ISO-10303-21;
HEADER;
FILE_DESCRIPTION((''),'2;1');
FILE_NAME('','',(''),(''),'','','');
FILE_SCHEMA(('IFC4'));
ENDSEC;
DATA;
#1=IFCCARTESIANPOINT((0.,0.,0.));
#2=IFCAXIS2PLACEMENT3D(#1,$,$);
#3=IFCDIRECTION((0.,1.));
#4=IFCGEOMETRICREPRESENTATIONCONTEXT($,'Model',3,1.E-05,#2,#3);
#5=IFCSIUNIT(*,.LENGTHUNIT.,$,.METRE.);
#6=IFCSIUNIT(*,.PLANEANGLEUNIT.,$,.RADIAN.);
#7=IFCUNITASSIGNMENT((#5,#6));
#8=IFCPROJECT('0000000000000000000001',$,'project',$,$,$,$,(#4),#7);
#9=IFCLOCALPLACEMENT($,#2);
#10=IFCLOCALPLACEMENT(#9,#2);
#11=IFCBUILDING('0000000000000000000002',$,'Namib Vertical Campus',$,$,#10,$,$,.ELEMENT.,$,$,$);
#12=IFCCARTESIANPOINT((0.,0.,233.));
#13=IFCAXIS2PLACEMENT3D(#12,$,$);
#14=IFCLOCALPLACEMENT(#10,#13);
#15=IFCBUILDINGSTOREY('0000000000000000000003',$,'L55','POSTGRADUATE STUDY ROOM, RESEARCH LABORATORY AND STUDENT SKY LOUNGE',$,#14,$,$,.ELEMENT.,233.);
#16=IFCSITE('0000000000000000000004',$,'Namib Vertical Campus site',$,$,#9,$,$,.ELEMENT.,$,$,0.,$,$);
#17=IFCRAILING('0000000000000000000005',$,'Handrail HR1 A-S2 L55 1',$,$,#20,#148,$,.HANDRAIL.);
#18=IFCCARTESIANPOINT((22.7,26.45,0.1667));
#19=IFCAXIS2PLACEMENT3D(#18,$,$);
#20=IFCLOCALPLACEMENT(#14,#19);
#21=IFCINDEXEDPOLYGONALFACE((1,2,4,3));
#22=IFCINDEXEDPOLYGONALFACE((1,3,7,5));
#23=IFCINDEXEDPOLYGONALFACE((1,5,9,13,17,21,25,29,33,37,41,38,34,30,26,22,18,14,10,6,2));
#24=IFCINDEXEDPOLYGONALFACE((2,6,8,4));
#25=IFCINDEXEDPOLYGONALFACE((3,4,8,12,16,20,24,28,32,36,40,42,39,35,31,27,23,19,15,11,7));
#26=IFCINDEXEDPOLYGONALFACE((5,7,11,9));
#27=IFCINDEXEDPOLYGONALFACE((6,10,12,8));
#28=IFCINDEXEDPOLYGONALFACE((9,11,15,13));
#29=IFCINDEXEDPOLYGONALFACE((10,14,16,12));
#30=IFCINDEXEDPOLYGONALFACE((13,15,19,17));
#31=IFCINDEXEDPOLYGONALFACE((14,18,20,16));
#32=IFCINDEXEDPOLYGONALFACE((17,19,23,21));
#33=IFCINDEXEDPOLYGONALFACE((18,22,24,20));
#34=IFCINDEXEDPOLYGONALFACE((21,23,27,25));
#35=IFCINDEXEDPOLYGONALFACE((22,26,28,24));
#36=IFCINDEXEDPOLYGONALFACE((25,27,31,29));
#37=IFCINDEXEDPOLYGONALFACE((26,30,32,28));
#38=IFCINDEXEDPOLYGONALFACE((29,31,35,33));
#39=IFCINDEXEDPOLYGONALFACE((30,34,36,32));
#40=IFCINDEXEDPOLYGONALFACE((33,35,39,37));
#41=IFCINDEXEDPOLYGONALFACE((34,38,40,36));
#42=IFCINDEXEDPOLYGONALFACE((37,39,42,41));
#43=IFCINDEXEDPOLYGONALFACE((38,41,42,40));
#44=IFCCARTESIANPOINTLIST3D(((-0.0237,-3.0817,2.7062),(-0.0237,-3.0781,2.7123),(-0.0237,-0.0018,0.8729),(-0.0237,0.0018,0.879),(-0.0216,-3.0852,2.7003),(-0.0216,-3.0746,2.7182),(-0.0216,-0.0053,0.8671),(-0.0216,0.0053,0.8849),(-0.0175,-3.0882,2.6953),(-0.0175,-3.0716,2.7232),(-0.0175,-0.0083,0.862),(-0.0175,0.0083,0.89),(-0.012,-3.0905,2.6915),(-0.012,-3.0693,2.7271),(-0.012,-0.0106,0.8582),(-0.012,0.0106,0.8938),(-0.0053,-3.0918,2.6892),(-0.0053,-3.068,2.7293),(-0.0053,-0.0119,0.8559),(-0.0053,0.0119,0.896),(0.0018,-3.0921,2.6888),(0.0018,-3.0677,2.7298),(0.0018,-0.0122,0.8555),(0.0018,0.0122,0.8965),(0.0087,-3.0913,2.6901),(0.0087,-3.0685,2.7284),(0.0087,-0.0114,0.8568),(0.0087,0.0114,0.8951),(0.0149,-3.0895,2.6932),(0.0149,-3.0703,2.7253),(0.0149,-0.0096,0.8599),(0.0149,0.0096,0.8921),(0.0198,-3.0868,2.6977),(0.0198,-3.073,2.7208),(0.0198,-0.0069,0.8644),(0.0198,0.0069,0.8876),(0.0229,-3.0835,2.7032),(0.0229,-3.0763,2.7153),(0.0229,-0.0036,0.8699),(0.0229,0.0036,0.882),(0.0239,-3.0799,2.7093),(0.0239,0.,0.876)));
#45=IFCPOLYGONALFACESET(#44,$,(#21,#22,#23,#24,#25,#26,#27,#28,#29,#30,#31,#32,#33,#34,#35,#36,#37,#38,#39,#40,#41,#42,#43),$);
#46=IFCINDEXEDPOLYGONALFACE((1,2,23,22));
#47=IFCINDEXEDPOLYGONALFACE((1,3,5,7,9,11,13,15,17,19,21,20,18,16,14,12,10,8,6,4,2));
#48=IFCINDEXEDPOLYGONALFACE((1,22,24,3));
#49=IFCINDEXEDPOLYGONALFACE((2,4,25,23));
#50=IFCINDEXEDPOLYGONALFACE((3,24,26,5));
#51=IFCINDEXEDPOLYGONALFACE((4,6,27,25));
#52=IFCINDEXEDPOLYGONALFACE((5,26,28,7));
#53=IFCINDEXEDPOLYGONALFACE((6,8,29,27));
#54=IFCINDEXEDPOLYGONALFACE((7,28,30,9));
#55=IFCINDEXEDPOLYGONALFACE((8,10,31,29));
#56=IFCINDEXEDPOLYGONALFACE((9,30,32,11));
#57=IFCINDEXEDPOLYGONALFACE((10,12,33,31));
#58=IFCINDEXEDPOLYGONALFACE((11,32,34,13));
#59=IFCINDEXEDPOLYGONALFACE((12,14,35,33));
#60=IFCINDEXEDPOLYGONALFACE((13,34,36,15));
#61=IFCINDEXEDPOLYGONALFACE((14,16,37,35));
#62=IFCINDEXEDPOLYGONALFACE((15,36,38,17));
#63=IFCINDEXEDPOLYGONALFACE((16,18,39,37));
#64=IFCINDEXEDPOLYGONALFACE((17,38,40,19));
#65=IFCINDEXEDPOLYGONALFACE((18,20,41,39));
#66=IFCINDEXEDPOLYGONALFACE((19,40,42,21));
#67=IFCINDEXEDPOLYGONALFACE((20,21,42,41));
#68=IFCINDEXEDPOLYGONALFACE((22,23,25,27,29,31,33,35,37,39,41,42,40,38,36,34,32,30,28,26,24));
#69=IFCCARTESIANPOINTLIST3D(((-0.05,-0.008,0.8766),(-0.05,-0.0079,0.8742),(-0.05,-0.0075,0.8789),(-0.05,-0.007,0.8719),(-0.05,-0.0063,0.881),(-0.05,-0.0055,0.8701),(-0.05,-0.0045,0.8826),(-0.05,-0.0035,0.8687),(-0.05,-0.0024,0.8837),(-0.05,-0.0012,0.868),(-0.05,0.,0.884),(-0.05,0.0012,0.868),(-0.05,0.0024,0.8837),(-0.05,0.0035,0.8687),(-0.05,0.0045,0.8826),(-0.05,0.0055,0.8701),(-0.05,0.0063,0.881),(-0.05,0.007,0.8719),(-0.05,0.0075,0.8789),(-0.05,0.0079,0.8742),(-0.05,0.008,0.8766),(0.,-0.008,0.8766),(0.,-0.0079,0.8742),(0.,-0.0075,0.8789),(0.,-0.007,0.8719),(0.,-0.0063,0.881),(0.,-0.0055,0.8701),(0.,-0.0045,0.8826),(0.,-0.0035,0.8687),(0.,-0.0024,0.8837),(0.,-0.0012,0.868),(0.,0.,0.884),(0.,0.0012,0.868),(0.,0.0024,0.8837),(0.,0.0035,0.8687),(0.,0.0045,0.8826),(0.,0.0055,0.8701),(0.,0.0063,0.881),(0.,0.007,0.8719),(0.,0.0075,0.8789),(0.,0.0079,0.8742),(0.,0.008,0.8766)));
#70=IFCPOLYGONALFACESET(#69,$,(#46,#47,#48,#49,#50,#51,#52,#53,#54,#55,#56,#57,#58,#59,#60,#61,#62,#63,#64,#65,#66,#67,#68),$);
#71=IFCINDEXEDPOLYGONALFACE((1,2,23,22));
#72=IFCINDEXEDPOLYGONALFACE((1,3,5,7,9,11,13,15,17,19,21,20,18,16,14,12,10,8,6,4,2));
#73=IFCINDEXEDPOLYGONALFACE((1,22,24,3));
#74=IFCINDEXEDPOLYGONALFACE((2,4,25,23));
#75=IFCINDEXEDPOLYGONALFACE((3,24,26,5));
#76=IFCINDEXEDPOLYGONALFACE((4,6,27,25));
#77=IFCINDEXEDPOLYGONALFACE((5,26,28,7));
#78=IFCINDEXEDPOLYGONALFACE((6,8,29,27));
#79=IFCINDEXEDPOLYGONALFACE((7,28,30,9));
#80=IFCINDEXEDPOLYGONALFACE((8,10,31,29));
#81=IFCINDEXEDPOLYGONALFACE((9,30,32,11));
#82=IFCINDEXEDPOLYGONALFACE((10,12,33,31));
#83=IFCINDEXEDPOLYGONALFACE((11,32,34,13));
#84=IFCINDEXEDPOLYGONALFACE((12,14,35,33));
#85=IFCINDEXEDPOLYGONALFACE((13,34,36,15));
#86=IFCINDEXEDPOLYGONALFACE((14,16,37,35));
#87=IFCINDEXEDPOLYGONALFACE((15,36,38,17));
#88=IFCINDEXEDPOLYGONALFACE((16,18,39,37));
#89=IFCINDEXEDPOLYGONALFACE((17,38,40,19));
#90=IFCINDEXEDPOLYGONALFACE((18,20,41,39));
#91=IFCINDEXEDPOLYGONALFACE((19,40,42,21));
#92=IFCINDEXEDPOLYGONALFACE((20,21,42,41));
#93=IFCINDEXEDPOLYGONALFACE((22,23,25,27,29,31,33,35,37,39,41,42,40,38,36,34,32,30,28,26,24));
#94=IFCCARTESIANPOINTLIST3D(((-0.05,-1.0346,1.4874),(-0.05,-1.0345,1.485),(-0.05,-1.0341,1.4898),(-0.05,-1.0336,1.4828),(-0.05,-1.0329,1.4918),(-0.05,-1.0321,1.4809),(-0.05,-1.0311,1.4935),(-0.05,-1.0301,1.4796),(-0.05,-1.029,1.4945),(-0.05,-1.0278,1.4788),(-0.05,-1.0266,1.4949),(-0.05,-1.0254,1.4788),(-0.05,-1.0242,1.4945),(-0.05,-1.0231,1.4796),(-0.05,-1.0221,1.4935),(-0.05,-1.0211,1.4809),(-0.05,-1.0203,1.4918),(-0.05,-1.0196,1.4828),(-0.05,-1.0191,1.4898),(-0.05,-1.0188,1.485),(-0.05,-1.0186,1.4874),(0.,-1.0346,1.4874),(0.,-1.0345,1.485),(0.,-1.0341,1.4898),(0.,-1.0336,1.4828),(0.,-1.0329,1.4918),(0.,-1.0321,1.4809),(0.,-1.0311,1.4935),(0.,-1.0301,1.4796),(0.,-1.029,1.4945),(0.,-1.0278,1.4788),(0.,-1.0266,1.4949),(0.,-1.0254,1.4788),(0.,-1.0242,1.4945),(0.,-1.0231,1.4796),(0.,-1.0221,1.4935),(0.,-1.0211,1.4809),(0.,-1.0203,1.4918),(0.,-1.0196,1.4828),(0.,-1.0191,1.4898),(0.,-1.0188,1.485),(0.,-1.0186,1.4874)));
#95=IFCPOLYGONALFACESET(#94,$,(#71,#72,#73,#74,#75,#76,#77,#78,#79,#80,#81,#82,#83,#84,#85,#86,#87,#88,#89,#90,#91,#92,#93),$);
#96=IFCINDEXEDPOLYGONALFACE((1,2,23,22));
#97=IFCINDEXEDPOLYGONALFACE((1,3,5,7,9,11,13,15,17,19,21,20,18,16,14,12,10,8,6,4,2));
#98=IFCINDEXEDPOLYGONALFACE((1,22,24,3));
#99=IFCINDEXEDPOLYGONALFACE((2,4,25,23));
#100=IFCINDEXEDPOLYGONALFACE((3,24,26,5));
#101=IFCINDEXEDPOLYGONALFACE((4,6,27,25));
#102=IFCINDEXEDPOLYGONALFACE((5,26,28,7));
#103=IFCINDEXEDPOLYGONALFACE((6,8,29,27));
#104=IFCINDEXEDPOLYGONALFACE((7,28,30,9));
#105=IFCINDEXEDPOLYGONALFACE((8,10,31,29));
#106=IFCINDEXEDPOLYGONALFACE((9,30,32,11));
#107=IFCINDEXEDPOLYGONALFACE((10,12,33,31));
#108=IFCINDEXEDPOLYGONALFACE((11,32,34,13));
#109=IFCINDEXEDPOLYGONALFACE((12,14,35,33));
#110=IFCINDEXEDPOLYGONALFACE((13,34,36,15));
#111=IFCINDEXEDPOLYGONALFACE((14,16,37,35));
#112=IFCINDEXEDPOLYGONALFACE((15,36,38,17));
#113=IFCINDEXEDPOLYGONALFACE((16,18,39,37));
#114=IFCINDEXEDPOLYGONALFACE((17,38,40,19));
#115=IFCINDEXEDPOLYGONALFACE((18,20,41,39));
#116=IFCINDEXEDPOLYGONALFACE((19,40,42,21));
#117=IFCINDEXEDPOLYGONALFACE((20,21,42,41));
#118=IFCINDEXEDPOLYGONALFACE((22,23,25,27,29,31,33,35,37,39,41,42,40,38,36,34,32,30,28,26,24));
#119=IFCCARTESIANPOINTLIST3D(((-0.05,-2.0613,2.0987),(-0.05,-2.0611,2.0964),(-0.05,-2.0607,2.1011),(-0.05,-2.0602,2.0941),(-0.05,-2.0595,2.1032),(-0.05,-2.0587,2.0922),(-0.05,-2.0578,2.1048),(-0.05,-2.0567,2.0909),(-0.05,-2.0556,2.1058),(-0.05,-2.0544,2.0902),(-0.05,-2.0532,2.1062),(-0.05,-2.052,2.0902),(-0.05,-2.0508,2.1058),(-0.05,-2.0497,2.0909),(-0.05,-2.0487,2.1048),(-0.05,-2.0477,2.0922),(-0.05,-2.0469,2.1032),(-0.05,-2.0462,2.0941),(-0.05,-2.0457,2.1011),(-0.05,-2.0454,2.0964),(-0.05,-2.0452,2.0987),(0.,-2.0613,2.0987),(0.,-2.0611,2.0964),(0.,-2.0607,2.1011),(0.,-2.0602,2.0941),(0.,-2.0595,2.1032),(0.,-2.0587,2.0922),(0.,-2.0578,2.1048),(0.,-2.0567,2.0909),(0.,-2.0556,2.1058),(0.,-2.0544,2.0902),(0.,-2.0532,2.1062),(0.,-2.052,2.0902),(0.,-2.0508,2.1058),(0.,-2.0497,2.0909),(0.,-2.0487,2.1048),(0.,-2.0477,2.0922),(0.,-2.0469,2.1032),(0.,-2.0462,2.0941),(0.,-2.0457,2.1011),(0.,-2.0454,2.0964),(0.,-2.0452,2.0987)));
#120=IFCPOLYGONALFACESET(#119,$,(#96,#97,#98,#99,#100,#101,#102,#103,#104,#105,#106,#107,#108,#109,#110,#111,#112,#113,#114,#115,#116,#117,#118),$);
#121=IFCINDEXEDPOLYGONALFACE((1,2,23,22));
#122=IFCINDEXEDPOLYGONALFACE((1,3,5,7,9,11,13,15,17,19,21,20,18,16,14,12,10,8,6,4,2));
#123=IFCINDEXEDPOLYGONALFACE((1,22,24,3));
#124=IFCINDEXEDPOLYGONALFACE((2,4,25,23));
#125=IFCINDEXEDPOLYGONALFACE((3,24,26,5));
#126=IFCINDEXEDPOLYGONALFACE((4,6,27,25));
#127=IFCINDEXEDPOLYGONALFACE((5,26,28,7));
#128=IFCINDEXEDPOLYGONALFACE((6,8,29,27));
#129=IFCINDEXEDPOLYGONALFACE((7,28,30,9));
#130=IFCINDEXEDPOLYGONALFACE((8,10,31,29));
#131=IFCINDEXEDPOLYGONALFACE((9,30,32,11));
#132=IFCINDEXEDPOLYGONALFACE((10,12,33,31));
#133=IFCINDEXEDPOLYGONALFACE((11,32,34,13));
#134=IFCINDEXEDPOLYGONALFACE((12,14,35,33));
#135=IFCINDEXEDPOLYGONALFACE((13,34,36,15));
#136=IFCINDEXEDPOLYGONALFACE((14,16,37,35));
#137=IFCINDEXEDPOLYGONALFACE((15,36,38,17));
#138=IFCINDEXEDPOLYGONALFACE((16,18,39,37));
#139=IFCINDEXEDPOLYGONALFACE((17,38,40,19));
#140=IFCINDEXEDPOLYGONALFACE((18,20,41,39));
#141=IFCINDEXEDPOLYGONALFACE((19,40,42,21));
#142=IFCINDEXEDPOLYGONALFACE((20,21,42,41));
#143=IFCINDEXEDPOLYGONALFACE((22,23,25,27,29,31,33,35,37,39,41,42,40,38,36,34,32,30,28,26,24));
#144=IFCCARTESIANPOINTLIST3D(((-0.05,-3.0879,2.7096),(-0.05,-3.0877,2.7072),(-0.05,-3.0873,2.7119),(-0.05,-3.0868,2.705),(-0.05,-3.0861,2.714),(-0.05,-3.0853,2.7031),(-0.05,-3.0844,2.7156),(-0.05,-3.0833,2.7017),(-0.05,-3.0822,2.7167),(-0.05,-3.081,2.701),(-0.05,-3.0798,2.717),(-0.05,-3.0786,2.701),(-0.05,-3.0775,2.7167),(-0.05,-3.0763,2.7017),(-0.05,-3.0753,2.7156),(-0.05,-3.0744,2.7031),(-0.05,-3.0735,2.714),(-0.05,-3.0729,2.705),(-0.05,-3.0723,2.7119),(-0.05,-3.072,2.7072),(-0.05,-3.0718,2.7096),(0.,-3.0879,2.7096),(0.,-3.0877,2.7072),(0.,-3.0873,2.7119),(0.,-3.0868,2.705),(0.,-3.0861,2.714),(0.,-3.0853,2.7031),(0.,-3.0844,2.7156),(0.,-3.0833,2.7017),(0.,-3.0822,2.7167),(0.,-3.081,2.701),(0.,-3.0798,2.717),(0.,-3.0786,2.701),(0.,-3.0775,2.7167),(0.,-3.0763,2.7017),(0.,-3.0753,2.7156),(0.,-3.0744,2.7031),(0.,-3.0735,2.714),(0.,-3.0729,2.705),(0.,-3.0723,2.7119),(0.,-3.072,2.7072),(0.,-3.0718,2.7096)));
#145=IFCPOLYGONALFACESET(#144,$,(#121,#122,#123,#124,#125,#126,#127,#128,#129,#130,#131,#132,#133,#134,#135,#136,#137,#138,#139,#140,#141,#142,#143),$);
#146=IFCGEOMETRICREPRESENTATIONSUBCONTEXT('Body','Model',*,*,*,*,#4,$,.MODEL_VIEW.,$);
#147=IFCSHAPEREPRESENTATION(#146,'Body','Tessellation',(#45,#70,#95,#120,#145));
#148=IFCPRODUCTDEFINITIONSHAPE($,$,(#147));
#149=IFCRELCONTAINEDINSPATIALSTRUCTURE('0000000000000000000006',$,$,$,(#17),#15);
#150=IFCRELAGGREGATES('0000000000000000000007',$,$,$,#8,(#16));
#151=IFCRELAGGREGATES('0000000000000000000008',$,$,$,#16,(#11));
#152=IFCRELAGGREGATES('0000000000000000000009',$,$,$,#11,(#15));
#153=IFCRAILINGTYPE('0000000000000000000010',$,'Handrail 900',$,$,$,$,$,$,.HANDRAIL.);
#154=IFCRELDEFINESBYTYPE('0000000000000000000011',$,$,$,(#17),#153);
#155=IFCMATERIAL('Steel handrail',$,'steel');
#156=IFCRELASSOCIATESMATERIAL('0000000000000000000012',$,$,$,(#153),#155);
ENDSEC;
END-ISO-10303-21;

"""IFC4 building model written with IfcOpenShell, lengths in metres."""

from ifc_helpers import new_model, si_unit, direction, frame, origin, origin_2d, place, context, subcontext, project, spatial, circle, extrude, material, type_object, element, save


model = new_model("IFC4")

# Units and contexts
model_context = context("Model", 3, precision=1e-05, world=origin(), true_north=direction((0.0, 1.0)))
body_context = subcontext(model_context, "Body", "Model", "MODEL_VIEW")
ifc_project = project(units=[si_unit("LENGTHUNIT", "METRE"), si_unit("PLANEANGLEUNIT", "RADIAN")], contexts=[model_context])

# Site, building, storey
site_placement = place(None, origin())
site = spatial("IfcSite", under=ifc_project, at=site_placement, Name="Namib Vertical Campus site", CompositionType="ELEMENT", RefElevation=0.0)
building_placement = place(site_placement, origin())
building = spatial("IfcBuilding", under=site, at=building_placement, Name="Namib Vertical Campus", CompositionType="ELEMENT")
storey_placement = place(building_placement, frame((0.0, 0.0, 233.0)))
storey = spatial("IfcBuildingStorey", under=building, at=storey_placement, Name="L55", Description="POSTGRADUATE STUDY ROOM, RESEARCH LABORATORY AND STUDENT SKY LOUNGE", CompositionType="ELEMENT", Elevation=233.0)

# Railing
ifc_material_1 = material(Name="Steel handrail", Category="steel")
railing_type_1 = type_object("IfcRailingType", Name="Handrail 900", PredefinedType="HANDRAIL", material=ifc_material_1)
railing_1_placement = place(storey_placement, frame((22.7, 26.45, 0.1667)))
element("IfcRailing", 1, at=railing_1_placement, inside=storey, type_object=railing_type_1, Name="Handrail HR1 A-S2 L55 1", PredefinedType="HANDRAIL", context=body_context, shape_type="SweptSolid", body=[
    extrude(circle(Radius=0.0239, at=origin_2d()), frame((0.0, 0.0, 0.876), z_axis=(0.0, -0.859291, 0.511487), x_axis=(1.0, 0.0, 0.0)), (0.0, 0.0, 1.0), 3.5842),
    extrude(circle(Radius=0.0081, at=origin_2d()), frame((0.0, 0.0, 0.876), z_axis=(-1.0, 0.0, 0.0), x_axis=(0.0, 0.0, 1.0)), (0.0, 0.0, 1.0), 0.05),
    extrude(circle(Radius=0.0081, at=origin_2d()), frame((0.0, -1.0266, 1.4868), z_axis=(-1.0, 0.0, 0.0), x_axis=(0.0, 0.0, 1.0)), (0.0, 0.0, 1.0), 0.05),
    extrude(circle(Radius=0.0081, at=origin_2d()), frame((0.0, -2.0532, 2.0981), z_axis=(-1.0, 0.0, 0.0), x_axis=(0.0, 0.0, 1.0)), (0.0, 0.0, 1.0), 0.05),
    extrude(circle(Radius=0.0081, at=origin_2d()), frame((0.0, -3.0798, 2.709), z_axis=(-1.0, 0.0, 0.0), x_axis=(0.0, 0.0, 1.0)), (0.0, 0.0, 1.0), 0.05),
])

save(model, "model.ifc")
